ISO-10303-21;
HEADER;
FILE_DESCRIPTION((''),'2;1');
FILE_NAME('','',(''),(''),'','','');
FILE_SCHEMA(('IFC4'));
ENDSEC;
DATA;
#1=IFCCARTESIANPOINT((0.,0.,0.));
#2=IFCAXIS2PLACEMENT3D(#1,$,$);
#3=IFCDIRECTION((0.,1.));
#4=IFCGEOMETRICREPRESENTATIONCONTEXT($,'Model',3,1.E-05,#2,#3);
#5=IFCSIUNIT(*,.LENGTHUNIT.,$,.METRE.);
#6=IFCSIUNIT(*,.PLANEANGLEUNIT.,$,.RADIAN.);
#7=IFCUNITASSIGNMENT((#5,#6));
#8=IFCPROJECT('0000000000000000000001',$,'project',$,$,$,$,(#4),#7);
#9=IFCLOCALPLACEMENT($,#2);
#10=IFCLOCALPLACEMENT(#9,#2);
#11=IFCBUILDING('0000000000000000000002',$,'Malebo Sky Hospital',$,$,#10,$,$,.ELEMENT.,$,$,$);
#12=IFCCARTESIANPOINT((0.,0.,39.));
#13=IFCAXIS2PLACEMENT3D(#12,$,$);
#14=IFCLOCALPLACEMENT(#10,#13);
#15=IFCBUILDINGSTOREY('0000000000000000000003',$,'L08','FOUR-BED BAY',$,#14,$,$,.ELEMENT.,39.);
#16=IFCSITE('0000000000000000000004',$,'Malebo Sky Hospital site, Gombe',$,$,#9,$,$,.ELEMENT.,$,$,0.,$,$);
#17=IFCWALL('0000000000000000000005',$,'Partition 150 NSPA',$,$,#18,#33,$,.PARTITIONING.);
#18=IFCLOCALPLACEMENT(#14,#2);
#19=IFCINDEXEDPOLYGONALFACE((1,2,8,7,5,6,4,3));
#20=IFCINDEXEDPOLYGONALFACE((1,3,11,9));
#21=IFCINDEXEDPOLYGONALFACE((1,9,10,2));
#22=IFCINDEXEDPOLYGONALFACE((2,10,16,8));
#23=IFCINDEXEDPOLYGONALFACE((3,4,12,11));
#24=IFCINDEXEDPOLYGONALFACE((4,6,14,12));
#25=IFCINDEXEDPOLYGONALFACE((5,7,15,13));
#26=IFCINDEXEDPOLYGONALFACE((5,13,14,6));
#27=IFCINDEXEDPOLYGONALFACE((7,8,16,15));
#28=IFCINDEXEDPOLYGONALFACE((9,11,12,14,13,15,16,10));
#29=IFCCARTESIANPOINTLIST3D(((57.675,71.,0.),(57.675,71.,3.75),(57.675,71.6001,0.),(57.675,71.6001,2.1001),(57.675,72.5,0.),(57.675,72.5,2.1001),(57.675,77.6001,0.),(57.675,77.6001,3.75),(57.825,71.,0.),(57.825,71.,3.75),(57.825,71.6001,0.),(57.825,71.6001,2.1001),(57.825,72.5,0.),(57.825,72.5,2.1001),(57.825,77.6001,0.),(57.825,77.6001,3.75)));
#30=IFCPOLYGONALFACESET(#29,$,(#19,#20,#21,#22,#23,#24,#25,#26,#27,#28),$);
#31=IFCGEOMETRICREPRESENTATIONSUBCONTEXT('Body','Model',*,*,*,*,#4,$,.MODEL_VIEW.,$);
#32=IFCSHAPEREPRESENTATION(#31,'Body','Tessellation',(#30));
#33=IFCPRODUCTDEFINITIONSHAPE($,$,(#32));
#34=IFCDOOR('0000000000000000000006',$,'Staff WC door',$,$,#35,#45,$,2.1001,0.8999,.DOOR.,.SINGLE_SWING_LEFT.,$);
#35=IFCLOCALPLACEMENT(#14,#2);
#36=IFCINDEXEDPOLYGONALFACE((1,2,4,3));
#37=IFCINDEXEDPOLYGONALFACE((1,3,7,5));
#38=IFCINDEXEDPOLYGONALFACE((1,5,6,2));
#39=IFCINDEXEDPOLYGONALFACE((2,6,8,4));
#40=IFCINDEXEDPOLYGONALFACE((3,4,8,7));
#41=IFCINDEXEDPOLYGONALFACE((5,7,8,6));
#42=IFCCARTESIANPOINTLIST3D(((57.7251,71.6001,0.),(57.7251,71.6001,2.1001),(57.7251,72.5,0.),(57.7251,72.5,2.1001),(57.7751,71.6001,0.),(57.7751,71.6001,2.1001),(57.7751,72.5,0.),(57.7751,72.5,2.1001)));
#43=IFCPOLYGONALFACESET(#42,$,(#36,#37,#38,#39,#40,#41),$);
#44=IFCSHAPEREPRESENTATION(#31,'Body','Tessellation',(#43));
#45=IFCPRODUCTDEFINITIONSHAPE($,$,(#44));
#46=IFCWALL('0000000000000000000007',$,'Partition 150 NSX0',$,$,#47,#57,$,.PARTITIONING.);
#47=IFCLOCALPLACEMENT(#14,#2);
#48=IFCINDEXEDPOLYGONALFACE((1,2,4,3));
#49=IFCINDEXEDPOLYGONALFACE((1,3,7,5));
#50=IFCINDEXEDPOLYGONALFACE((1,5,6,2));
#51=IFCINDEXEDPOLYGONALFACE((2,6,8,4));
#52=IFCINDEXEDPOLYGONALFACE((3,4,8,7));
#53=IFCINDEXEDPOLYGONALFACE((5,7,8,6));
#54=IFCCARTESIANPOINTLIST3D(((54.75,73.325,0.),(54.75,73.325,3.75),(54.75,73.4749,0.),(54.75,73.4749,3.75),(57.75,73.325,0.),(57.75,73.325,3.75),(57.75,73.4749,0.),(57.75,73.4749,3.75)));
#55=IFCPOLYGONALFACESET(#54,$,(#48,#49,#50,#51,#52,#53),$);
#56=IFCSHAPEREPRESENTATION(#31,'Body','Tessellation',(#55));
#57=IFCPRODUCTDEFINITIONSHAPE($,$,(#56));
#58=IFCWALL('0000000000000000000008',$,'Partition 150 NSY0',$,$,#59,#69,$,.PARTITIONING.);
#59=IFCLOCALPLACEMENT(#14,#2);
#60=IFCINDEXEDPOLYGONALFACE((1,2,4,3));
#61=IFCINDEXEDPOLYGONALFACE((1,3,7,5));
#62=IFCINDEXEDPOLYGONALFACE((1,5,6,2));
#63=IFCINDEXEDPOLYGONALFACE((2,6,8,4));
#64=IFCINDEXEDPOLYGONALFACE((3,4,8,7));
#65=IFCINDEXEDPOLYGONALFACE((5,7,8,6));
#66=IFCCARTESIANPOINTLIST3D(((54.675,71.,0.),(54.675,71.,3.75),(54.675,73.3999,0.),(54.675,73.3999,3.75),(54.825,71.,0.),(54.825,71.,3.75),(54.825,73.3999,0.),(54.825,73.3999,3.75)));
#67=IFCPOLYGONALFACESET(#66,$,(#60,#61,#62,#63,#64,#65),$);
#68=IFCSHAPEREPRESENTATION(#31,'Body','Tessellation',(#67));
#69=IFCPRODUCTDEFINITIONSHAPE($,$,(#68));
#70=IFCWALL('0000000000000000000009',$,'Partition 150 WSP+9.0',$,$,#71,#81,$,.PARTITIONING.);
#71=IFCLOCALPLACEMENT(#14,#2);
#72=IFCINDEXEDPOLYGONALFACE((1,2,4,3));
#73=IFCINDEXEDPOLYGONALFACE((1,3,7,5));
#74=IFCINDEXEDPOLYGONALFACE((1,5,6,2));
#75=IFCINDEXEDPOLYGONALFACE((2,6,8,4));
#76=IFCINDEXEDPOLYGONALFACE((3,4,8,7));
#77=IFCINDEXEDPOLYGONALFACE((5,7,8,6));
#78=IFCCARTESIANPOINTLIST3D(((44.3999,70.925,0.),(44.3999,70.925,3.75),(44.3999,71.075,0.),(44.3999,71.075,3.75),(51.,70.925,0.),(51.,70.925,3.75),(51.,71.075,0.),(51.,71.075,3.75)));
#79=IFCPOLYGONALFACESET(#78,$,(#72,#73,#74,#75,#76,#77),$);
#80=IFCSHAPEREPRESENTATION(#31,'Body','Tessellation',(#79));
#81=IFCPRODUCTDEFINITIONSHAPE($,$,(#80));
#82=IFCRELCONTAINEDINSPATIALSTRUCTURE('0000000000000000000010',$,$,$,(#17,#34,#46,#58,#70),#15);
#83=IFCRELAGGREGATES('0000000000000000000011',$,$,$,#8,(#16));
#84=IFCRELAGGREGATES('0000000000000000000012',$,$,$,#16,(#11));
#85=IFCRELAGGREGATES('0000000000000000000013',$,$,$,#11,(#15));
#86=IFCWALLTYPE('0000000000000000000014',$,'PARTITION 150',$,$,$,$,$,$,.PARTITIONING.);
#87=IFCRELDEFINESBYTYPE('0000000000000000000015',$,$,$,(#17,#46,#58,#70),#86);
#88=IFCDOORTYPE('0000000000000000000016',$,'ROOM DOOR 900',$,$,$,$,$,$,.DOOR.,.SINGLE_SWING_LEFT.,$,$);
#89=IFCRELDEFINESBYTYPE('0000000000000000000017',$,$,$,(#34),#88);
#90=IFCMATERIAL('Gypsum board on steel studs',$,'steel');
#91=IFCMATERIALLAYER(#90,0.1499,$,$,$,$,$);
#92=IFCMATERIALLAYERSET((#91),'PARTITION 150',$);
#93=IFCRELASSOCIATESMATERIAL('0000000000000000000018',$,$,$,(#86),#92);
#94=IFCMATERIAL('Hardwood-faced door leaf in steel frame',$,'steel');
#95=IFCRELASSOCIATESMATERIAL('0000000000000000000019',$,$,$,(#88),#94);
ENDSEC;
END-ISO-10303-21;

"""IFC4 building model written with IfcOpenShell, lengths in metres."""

from ifc_helpers import new_model, si_unit, direction, frame, frame_2d, origin, place, context, subcontext, project, spatial, rectangle, extrude, material, layer, layer_set, type_object, element, fill, save


model = new_model("IFC4")

# Units and contexts
model_context = context("Model", 3, precision=1e-05, world=origin(), true_north=direction((0.0, 1.0)))
body_context = subcontext(model_context, "Body", "Model", "MODEL_VIEW")
ifc_project = project(units=[si_unit("LENGTHUNIT", "METRE"), si_unit("PLANEANGLEUNIT", "RADIAN")], contexts=[model_context])

# Site, building, storey
site_placement = place(None, origin())
site = spatial("IfcSite", under=ifc_project, at=site_placement, Name="Malebo Sky Hospital site, Gombe", CompositionType="ELEMENT", RefElevation=0.0)
building_placement = place(site_placement, origin())
building = spatial("IfcBuilding", under=site, at=building_placement, Name="Malebo Sky Hospital", CompositionType="ELEMENT")
storey_placement = place(building_placement, frame((0.0, 0.0, 39.0)))
storey = spatial("IfcBuildingStorey", under=building, at=storey_placement, Name="L08", Description="FOUR-BED BAY", CompositionType="ELEMENT", Elevation=39.0)

# Shared definitions
ifc_material_1 = material(Name="Gypsum board on steel studs", Category="steel")
ifc_material_2 = material(Name="Hardwood-faced door leaf in steel frame", Category="steel")

# Shared definitions
ifc_layer_1 = layer(ifc_material_1, 0.1499)
ifc_layer_set_1 = layer_set([ifc_layer_1], Name="PARTITION 150")
wall_type_1 = type_object("IfcWallType", Name="PARTITION 150", PredefinedType="PARTITIONING", material=ifc_layer_set_1)

# Wall, opening, door
wall_1_placement = place(storey_placement, frame((57.75, 71.0, 0.0), z_axis=(0.0, 0.0, 1.0), x_axis=(0.0, 1.0, 0.0)))
wall_1 = element("IfcWall", 1, at=wall_1_placement, inside=storey, type_object=wall_type_1, Name="Partition 150 NSPA", PredefinedType="PARTITIONING", context=body_context, shape_type="SweptSolid", body=[
    extrude(rectangle(XDim=6.6001, YDim=0.1499, at=frame_2d((3.3, 0.0))), origin(), (0.0, 0.0, 1.0), 3.75),
])
opening_1_placement = place(wall_1_placement, frame((0.6001, 0.0, 0.0)))
opening_1 = element("IfcOpeningElement", 2, at=opening_1_placement, cuts=wall_1, PredefinedType="OPENING", context=body_context, shape_type="SweptSolid", body=[
    extrude(rectangle(XDim=0.8999, YDim=2.1001, at=frame_2d((0.45, 1.05))), frame((0.0, 0.085, 0.0), z_axis=(0.0, -1.0, 0.0), x_axis=(1.0, 0.0, 0.0)), (0.0, 0.0, 1.0), 0.1699),
])
door_type_1 = type_object("IfcDoorType", Name="ROOM DOOR 900", OperationType="SINGLE_SWING_LEFT", PredefinedType="DOOR", material=ifc_material_2)
door_1_placement = place(opening_1_placement, origin())
door_1 = element("IfcDoor", 3, at=door_1_placement, inside=storey, type_object=door_type_1, Name="Staff WC door", OperationType="SINGLE_SWING_LEFT", OverallHeight=2.1001, OverallWidth=0.8999, PredefinedType="DOOR", context=body_context, shape_type="SweptSolid", body=[
    extrude(rectangle(XDim=0.8999, YDim=2.1001, at=frame_2d((0.45, 1.05))), frame((0.0, 0.0249, 0.0), z_axis=(0.0, -1.0, 0.0), x_axis=(1.0, 0.0, 0.0)), (0.0, 0.0, 1.0), 0.05),
])
fill(opening_1, door_1)

# Walls
wall_2_placement = place(storey_placement, frame((54.75, 73.3999, 0.0), z_axis=(0.0, 0.0, 1.0), x_axis=(1.0, 0.0, 0.0)))
element("IfcWall", 4, at=wall_2_placement, inside=storey, type_object=wall_type_1, Name="Partition 150 NSX0", PredefinedType="PARTITIONING", context=body_context, shape_type="SweptSolid", body=[
    extrude(rectangle(XDim=3.0, YDim=0.1499, at=frame_2d((1.5, 0.0))), origin(), (0.0, 0.0, 1.0), 3.75),
])
wall_3_placement = place(storey_placement, frame((54.75, 71.0, 0.0), z_axis=(0.0, 0.0, 1.0), x_axis=(0.0, 1.0, 0.0)))
element("IfcWall", 5, at=wall_3_placement, inside=storey, type_object=wall_type_1, Name="Partition 150 NSY0", PredefinedType="PARTITIONING", context=body_context, shape_type="SweptSolid", body=[
    extrude(rectangle(XDim=2.3999, YDim=0.1499, at=frame_2d((1.2, 0.0))), origin(), (0.0, 0.0, 1.0), 3.75),
])
wall_4_placement = place(storey_placement, frame((51.0, 71.0, 0.0), z_axis=(0.0, 0.0, 1.0), x_axis=(-1.0, 0.0, 0.0)))
element("IfcWall", 6, at=wall_4_placement, inside=storey, type_object=wall_type_1, Name="Partition 150 WSP+9.0", PredefinedType="PARTITIONING", context=body_context, shape_type="SweptSolid", body=[
    extrude(rectangle(XDim=6.6001, YDim=0.1499, at=frame_2d((3.3, 0.0))), origin(), (0.0, 0.0, 1.0), 3.75),
])

save(model, "model.ifc")
